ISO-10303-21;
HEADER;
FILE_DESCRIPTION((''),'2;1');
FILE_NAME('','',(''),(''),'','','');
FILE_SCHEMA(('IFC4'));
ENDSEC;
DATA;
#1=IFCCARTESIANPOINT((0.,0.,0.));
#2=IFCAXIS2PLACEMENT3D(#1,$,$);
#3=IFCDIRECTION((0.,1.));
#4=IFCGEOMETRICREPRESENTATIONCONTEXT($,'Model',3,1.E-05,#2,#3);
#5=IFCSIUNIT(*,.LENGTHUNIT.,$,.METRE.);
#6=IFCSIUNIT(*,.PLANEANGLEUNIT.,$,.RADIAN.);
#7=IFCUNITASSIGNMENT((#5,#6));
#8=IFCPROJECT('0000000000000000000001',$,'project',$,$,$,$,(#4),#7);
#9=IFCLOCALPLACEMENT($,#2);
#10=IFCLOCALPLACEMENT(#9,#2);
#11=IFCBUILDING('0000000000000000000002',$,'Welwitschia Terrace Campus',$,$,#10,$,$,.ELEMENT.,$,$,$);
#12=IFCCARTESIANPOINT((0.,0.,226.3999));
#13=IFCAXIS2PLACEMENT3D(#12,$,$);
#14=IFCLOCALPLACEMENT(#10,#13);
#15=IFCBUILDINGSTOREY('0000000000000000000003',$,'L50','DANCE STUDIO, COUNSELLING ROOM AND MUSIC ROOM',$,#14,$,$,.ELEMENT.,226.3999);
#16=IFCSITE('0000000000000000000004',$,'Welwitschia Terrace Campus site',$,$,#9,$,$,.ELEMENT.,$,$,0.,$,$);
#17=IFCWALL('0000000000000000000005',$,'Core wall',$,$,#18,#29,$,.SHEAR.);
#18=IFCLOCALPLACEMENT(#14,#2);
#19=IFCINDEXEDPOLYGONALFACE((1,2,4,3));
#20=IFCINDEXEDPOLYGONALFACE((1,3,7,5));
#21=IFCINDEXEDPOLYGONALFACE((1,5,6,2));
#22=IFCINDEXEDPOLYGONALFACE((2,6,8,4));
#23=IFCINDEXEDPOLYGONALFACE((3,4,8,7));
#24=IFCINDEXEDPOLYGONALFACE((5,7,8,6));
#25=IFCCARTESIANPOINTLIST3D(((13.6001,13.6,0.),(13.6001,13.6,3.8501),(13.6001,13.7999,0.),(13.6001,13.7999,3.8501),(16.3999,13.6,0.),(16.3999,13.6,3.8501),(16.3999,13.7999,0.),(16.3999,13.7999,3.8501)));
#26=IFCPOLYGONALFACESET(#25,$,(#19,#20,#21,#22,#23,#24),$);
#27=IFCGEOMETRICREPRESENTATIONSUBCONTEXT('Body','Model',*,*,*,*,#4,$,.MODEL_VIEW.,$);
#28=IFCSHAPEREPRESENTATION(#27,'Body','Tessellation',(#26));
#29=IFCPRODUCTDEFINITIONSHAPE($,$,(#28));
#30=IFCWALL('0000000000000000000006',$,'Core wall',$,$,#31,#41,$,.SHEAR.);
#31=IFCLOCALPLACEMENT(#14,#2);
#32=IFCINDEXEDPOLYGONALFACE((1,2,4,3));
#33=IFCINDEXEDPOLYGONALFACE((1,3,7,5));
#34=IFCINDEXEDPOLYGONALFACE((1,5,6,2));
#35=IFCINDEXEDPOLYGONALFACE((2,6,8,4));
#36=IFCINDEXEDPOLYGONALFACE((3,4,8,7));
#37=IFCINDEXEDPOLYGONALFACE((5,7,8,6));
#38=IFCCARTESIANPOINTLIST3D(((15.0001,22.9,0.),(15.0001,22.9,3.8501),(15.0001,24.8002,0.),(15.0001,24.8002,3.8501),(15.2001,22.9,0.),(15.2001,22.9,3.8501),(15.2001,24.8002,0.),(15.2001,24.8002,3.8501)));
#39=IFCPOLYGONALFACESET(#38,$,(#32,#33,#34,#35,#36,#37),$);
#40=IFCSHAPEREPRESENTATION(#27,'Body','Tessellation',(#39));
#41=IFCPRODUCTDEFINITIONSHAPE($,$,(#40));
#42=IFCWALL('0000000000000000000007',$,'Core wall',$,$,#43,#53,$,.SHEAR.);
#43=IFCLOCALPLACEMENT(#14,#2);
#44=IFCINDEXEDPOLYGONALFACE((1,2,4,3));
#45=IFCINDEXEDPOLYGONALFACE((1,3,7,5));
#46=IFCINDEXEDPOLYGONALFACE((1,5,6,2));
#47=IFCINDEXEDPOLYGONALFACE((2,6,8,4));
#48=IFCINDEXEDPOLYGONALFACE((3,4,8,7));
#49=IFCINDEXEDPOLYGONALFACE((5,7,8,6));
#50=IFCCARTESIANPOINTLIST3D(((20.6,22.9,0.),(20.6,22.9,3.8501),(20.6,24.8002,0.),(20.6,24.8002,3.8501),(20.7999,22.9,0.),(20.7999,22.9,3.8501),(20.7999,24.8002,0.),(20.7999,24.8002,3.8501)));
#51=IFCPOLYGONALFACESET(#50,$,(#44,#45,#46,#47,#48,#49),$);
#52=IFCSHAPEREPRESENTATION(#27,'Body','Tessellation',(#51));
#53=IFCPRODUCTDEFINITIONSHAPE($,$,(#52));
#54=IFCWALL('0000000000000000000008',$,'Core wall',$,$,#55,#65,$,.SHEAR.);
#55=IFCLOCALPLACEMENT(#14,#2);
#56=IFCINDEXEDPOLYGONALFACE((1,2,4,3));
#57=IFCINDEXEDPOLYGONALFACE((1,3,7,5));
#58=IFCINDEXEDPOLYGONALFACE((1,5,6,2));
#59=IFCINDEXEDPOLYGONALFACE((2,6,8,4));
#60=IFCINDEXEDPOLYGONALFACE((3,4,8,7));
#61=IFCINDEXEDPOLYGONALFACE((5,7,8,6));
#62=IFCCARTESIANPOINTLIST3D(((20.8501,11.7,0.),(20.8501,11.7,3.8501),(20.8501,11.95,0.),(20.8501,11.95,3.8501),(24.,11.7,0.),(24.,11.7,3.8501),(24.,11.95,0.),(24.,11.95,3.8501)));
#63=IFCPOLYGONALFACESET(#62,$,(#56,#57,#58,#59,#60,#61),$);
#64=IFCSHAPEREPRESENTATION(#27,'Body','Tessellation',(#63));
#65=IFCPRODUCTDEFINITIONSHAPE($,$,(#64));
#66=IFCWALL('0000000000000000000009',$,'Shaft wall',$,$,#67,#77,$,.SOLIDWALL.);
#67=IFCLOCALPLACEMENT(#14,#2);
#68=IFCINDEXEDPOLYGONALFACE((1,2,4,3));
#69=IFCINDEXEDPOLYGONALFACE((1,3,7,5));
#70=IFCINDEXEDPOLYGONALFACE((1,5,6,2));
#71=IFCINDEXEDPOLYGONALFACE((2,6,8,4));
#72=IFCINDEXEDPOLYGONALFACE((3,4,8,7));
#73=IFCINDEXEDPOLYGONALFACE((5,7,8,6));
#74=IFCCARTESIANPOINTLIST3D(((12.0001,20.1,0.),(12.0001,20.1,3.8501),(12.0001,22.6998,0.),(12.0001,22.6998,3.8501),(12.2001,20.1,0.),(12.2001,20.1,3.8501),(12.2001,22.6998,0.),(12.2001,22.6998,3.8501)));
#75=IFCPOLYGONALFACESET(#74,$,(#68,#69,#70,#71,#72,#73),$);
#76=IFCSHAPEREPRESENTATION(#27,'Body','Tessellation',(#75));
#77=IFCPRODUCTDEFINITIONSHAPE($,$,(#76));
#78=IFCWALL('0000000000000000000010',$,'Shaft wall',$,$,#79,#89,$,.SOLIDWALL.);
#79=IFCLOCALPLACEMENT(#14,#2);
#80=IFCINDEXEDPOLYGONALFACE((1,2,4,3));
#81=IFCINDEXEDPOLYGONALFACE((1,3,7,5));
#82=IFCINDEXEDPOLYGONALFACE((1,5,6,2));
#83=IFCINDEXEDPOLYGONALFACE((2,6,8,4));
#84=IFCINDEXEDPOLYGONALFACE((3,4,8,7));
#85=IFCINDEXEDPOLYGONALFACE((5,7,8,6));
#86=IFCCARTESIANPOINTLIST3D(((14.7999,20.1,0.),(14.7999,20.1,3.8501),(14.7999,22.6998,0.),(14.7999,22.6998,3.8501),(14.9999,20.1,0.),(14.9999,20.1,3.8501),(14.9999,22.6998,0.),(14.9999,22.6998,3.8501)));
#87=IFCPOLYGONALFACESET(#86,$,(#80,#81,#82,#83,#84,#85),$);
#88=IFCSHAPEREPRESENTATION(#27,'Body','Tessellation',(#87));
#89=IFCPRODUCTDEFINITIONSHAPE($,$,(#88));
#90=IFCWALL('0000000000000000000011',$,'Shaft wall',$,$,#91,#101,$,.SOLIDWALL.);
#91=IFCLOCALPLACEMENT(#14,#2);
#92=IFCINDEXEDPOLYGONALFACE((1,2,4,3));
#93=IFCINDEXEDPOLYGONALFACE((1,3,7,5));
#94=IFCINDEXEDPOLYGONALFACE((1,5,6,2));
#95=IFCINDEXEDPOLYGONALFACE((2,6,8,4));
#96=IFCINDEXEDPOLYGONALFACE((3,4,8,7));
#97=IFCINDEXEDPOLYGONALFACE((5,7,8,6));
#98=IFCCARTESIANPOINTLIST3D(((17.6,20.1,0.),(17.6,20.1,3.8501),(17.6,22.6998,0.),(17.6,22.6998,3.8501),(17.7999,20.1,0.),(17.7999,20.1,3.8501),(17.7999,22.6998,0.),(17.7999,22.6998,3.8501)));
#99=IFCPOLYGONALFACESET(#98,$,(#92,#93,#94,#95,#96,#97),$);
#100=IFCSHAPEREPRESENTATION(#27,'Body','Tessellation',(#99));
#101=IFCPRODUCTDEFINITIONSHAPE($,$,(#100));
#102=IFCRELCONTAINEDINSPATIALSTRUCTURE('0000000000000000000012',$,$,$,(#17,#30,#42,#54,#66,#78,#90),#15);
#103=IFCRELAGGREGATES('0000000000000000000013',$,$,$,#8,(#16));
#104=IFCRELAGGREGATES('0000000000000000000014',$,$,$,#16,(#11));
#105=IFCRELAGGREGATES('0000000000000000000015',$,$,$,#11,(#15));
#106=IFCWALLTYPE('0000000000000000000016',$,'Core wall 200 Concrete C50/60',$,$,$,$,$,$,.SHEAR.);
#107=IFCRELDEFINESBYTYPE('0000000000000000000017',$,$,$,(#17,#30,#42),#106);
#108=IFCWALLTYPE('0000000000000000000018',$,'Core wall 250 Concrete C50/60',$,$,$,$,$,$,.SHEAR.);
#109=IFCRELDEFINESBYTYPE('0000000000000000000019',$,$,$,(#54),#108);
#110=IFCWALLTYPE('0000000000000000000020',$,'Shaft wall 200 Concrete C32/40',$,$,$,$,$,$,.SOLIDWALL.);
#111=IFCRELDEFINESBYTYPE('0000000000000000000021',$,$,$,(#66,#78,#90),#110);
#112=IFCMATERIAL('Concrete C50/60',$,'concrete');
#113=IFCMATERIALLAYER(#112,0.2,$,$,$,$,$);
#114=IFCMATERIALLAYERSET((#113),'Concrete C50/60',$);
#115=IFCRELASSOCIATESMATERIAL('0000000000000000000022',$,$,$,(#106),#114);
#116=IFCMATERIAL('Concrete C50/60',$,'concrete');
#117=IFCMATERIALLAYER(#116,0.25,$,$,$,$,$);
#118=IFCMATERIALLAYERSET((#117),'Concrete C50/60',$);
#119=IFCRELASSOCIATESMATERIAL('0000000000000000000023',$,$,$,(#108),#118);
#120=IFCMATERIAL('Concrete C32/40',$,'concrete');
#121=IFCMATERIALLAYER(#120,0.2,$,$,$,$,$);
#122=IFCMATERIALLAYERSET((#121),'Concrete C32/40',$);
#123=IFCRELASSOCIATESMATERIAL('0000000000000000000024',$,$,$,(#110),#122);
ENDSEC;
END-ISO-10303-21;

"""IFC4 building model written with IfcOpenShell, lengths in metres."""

from ifc_helpers import new_model, si_unit, direction, frame, frame_2d, origin, place, context, subcontext, project, spatial, rectangle, extrude, material, layer, layer_set, type_object, element, save


model = new_model("IFC4")

# Units and contexts
model_context = context("Model", 3, precision=1e-05, world=origin(), true_north=direction((0.0, 1.0)))
body_context = subcontext(model_context, "Body", "Model", "MODEL_VIEW")
ifc_project = project(units=[si_unit("LENGTHUNIT", "METRE"), si_unit("PLANEANGLEUNIT", "RADIAN")], contexts=[model_context])

# Site, building, storey
site_placement = place(None, origin())
site = spatial("IfcSite", under=ifc_project, at=site_placement, Name="Welwitschia Terrace Campus site", CompositionType="ELEMENT", RefElevation=0.0)
building_placement = place(site_placement, origin())
building = spatial("IfcBuilding", under=site, at=building_placement, Name="Welwitschia Terrace Campus", CompositionType="ELEMENT")
storey_placement = place(building_placement, frame((0.0, 0.0, 226.3999)))
storey = spatial("IfcBuildingStorey", under=building, at=storey_placement, Name="L50", Description="DANCE STUDIO, COUNSELLING ROOM AND MUSIC ROOM", CompositionType="ELEMENT", Elevation=226.3999)

# Walls
ifc_material_1 = material(Name="Concrete C50/60", Category="concrete")
ifc_layer_1 = layer(ifc_material_1, 0.2)
ifc_layer_set_1 = layer_set([ifc_layer_1], Name="Concrete C50/60")
wall_type_1 = type_object("IfcWallType", Name="Core wall 200 Concrete C50/60", PredefinedType="SHEAR", material=ifc_layer_set_1)
for number, where, z_axis, x_axis, name in (
    (1, (13.6001, 13.7, 0.0), (0.0, 0.0, 1.0), (1.0, 0.0, 0.0), "Core wall"),
):
    element("IfcWall", number, at=place(storey_placement, frame(where, z_axis=z_axis, x_axis=x_axis)), inside=storey, type_object=wall_type_1, Name=name, PredefinedType="SHEAR", context=body_context, shape_type="SweptSolid", body=[
        extrude(rectangle(XDim=2.7998, YDim=0.2, at=frame_2d((1.3999, 0.0))), origin(), (0.0, 0.0, 1.0), 3.8501),
    ])
for number, where, z_axis, x_axis, name in (
    (2, (15.1001, 22.8999, 0.0), (0.0, 0.0, 1.0), (0.0, 1.0, 0.0), "Core wall"),
    (3, (20.7, 22.8999, 0.0), (0.0, 0.0, 1.0), (0.0, 1.0, 0.0), "Core wall"),
):
    element("IfcWall", number, at=place(storey_placement, frame(where, z_axis=z_axis, x_axis=x_axis)), inside=storey, type_object=wall_type_1, Name=name, PredefinedType="SHEAR", context=body_context, shape_type="SweptSolid", body=[
        extrude(rectangle(XDim=1.9001, YDim=0.2, at=frame_2d((0.9502, 0.0))), origin(), (0.0, 0.0, 1.0), 3.8501),
    ])
ifc_material_2 = material(Name="Concrete C50/60", Category="concrete")
ifc_layer_2 = layer(ifc_material_2, 0.25)
ifc_layer_set_2 = layer_set([ifc_layer_2], Name="Concrete C50/60")
wall_type_2 = type_object("IfcWallType", Name="Core wall 250 Concrete C50/60", PredefinedType="SHEAR", material=ifc_layer_set_2)
wall_1_placement = place(storey_placement, frame((20.8501, 11.825, 0.0), z_axis=(0.0, 0.0, 1.0), x_axis=(1.0, 0.0, 0.0)))
element("IfcWall", 4, at=wall_1_placement, inside=storey, type_object=wall_type_2, Name="Core wall", PredefinedType="SHEAR", context=body_context, shape_type="SweptSolid", body=[
    extrude(rectangle(XDim=3.1499, YDim=0.25, at=frame_2d((1.575, 0.0))), origin(), (0.0, 0.0, 1.0), 3.8501),
])
ifc_material_3 = material(Name="Concrete C32/40", Category="concrete")
ifc_layer_3 = layer(ifc_material_3, 0.2)
ifc_layer_set_3 = layer_set([ifc_layer_3], Name="Concrete C32/40")
wall_type_3 = type_object("IfcWallType", Name="Shaft wall 200 Concrete C32/40", PredefinedType="SOLIDWALL", material=ifc_layer_set_3)
for number, where, z_axis, x_axis, name in (
    (5, (12.1001, 20.1001, 0.0), (0.0, 0.0, 1.0), (0.0, 1.0, 0.0), "Shaft wall"),
    (6, (14.8999, 20.1001, 0.0), (0.0, 0.0, 1.0), (0.0, 1.0, 0.0), "Shaft wall"),
    (7, (17.7, 20.1001, 0.0), (0.0, 0.0, 1.0), (0.0, 1.0, 0.0), "Shaft wall"),
):
    element("IfcWall", number, at=place(storey_placement, frame(where, z_axis=z_axis, x_axis=x_axis)), inside=storey, type_object=wall_type_3, Name=name, PredefinedType="SOLIDWALL", context=body_context, shape_type="SweptSolid", body=[
        extrude(rectangle(XDim=2.5999, YDim=0.2, at=frame_2d((1.2998, 0.0))), origin(), (0.0, 0.0, 1.0), 3.8501),
    ])

save(model, "model.ifc")
